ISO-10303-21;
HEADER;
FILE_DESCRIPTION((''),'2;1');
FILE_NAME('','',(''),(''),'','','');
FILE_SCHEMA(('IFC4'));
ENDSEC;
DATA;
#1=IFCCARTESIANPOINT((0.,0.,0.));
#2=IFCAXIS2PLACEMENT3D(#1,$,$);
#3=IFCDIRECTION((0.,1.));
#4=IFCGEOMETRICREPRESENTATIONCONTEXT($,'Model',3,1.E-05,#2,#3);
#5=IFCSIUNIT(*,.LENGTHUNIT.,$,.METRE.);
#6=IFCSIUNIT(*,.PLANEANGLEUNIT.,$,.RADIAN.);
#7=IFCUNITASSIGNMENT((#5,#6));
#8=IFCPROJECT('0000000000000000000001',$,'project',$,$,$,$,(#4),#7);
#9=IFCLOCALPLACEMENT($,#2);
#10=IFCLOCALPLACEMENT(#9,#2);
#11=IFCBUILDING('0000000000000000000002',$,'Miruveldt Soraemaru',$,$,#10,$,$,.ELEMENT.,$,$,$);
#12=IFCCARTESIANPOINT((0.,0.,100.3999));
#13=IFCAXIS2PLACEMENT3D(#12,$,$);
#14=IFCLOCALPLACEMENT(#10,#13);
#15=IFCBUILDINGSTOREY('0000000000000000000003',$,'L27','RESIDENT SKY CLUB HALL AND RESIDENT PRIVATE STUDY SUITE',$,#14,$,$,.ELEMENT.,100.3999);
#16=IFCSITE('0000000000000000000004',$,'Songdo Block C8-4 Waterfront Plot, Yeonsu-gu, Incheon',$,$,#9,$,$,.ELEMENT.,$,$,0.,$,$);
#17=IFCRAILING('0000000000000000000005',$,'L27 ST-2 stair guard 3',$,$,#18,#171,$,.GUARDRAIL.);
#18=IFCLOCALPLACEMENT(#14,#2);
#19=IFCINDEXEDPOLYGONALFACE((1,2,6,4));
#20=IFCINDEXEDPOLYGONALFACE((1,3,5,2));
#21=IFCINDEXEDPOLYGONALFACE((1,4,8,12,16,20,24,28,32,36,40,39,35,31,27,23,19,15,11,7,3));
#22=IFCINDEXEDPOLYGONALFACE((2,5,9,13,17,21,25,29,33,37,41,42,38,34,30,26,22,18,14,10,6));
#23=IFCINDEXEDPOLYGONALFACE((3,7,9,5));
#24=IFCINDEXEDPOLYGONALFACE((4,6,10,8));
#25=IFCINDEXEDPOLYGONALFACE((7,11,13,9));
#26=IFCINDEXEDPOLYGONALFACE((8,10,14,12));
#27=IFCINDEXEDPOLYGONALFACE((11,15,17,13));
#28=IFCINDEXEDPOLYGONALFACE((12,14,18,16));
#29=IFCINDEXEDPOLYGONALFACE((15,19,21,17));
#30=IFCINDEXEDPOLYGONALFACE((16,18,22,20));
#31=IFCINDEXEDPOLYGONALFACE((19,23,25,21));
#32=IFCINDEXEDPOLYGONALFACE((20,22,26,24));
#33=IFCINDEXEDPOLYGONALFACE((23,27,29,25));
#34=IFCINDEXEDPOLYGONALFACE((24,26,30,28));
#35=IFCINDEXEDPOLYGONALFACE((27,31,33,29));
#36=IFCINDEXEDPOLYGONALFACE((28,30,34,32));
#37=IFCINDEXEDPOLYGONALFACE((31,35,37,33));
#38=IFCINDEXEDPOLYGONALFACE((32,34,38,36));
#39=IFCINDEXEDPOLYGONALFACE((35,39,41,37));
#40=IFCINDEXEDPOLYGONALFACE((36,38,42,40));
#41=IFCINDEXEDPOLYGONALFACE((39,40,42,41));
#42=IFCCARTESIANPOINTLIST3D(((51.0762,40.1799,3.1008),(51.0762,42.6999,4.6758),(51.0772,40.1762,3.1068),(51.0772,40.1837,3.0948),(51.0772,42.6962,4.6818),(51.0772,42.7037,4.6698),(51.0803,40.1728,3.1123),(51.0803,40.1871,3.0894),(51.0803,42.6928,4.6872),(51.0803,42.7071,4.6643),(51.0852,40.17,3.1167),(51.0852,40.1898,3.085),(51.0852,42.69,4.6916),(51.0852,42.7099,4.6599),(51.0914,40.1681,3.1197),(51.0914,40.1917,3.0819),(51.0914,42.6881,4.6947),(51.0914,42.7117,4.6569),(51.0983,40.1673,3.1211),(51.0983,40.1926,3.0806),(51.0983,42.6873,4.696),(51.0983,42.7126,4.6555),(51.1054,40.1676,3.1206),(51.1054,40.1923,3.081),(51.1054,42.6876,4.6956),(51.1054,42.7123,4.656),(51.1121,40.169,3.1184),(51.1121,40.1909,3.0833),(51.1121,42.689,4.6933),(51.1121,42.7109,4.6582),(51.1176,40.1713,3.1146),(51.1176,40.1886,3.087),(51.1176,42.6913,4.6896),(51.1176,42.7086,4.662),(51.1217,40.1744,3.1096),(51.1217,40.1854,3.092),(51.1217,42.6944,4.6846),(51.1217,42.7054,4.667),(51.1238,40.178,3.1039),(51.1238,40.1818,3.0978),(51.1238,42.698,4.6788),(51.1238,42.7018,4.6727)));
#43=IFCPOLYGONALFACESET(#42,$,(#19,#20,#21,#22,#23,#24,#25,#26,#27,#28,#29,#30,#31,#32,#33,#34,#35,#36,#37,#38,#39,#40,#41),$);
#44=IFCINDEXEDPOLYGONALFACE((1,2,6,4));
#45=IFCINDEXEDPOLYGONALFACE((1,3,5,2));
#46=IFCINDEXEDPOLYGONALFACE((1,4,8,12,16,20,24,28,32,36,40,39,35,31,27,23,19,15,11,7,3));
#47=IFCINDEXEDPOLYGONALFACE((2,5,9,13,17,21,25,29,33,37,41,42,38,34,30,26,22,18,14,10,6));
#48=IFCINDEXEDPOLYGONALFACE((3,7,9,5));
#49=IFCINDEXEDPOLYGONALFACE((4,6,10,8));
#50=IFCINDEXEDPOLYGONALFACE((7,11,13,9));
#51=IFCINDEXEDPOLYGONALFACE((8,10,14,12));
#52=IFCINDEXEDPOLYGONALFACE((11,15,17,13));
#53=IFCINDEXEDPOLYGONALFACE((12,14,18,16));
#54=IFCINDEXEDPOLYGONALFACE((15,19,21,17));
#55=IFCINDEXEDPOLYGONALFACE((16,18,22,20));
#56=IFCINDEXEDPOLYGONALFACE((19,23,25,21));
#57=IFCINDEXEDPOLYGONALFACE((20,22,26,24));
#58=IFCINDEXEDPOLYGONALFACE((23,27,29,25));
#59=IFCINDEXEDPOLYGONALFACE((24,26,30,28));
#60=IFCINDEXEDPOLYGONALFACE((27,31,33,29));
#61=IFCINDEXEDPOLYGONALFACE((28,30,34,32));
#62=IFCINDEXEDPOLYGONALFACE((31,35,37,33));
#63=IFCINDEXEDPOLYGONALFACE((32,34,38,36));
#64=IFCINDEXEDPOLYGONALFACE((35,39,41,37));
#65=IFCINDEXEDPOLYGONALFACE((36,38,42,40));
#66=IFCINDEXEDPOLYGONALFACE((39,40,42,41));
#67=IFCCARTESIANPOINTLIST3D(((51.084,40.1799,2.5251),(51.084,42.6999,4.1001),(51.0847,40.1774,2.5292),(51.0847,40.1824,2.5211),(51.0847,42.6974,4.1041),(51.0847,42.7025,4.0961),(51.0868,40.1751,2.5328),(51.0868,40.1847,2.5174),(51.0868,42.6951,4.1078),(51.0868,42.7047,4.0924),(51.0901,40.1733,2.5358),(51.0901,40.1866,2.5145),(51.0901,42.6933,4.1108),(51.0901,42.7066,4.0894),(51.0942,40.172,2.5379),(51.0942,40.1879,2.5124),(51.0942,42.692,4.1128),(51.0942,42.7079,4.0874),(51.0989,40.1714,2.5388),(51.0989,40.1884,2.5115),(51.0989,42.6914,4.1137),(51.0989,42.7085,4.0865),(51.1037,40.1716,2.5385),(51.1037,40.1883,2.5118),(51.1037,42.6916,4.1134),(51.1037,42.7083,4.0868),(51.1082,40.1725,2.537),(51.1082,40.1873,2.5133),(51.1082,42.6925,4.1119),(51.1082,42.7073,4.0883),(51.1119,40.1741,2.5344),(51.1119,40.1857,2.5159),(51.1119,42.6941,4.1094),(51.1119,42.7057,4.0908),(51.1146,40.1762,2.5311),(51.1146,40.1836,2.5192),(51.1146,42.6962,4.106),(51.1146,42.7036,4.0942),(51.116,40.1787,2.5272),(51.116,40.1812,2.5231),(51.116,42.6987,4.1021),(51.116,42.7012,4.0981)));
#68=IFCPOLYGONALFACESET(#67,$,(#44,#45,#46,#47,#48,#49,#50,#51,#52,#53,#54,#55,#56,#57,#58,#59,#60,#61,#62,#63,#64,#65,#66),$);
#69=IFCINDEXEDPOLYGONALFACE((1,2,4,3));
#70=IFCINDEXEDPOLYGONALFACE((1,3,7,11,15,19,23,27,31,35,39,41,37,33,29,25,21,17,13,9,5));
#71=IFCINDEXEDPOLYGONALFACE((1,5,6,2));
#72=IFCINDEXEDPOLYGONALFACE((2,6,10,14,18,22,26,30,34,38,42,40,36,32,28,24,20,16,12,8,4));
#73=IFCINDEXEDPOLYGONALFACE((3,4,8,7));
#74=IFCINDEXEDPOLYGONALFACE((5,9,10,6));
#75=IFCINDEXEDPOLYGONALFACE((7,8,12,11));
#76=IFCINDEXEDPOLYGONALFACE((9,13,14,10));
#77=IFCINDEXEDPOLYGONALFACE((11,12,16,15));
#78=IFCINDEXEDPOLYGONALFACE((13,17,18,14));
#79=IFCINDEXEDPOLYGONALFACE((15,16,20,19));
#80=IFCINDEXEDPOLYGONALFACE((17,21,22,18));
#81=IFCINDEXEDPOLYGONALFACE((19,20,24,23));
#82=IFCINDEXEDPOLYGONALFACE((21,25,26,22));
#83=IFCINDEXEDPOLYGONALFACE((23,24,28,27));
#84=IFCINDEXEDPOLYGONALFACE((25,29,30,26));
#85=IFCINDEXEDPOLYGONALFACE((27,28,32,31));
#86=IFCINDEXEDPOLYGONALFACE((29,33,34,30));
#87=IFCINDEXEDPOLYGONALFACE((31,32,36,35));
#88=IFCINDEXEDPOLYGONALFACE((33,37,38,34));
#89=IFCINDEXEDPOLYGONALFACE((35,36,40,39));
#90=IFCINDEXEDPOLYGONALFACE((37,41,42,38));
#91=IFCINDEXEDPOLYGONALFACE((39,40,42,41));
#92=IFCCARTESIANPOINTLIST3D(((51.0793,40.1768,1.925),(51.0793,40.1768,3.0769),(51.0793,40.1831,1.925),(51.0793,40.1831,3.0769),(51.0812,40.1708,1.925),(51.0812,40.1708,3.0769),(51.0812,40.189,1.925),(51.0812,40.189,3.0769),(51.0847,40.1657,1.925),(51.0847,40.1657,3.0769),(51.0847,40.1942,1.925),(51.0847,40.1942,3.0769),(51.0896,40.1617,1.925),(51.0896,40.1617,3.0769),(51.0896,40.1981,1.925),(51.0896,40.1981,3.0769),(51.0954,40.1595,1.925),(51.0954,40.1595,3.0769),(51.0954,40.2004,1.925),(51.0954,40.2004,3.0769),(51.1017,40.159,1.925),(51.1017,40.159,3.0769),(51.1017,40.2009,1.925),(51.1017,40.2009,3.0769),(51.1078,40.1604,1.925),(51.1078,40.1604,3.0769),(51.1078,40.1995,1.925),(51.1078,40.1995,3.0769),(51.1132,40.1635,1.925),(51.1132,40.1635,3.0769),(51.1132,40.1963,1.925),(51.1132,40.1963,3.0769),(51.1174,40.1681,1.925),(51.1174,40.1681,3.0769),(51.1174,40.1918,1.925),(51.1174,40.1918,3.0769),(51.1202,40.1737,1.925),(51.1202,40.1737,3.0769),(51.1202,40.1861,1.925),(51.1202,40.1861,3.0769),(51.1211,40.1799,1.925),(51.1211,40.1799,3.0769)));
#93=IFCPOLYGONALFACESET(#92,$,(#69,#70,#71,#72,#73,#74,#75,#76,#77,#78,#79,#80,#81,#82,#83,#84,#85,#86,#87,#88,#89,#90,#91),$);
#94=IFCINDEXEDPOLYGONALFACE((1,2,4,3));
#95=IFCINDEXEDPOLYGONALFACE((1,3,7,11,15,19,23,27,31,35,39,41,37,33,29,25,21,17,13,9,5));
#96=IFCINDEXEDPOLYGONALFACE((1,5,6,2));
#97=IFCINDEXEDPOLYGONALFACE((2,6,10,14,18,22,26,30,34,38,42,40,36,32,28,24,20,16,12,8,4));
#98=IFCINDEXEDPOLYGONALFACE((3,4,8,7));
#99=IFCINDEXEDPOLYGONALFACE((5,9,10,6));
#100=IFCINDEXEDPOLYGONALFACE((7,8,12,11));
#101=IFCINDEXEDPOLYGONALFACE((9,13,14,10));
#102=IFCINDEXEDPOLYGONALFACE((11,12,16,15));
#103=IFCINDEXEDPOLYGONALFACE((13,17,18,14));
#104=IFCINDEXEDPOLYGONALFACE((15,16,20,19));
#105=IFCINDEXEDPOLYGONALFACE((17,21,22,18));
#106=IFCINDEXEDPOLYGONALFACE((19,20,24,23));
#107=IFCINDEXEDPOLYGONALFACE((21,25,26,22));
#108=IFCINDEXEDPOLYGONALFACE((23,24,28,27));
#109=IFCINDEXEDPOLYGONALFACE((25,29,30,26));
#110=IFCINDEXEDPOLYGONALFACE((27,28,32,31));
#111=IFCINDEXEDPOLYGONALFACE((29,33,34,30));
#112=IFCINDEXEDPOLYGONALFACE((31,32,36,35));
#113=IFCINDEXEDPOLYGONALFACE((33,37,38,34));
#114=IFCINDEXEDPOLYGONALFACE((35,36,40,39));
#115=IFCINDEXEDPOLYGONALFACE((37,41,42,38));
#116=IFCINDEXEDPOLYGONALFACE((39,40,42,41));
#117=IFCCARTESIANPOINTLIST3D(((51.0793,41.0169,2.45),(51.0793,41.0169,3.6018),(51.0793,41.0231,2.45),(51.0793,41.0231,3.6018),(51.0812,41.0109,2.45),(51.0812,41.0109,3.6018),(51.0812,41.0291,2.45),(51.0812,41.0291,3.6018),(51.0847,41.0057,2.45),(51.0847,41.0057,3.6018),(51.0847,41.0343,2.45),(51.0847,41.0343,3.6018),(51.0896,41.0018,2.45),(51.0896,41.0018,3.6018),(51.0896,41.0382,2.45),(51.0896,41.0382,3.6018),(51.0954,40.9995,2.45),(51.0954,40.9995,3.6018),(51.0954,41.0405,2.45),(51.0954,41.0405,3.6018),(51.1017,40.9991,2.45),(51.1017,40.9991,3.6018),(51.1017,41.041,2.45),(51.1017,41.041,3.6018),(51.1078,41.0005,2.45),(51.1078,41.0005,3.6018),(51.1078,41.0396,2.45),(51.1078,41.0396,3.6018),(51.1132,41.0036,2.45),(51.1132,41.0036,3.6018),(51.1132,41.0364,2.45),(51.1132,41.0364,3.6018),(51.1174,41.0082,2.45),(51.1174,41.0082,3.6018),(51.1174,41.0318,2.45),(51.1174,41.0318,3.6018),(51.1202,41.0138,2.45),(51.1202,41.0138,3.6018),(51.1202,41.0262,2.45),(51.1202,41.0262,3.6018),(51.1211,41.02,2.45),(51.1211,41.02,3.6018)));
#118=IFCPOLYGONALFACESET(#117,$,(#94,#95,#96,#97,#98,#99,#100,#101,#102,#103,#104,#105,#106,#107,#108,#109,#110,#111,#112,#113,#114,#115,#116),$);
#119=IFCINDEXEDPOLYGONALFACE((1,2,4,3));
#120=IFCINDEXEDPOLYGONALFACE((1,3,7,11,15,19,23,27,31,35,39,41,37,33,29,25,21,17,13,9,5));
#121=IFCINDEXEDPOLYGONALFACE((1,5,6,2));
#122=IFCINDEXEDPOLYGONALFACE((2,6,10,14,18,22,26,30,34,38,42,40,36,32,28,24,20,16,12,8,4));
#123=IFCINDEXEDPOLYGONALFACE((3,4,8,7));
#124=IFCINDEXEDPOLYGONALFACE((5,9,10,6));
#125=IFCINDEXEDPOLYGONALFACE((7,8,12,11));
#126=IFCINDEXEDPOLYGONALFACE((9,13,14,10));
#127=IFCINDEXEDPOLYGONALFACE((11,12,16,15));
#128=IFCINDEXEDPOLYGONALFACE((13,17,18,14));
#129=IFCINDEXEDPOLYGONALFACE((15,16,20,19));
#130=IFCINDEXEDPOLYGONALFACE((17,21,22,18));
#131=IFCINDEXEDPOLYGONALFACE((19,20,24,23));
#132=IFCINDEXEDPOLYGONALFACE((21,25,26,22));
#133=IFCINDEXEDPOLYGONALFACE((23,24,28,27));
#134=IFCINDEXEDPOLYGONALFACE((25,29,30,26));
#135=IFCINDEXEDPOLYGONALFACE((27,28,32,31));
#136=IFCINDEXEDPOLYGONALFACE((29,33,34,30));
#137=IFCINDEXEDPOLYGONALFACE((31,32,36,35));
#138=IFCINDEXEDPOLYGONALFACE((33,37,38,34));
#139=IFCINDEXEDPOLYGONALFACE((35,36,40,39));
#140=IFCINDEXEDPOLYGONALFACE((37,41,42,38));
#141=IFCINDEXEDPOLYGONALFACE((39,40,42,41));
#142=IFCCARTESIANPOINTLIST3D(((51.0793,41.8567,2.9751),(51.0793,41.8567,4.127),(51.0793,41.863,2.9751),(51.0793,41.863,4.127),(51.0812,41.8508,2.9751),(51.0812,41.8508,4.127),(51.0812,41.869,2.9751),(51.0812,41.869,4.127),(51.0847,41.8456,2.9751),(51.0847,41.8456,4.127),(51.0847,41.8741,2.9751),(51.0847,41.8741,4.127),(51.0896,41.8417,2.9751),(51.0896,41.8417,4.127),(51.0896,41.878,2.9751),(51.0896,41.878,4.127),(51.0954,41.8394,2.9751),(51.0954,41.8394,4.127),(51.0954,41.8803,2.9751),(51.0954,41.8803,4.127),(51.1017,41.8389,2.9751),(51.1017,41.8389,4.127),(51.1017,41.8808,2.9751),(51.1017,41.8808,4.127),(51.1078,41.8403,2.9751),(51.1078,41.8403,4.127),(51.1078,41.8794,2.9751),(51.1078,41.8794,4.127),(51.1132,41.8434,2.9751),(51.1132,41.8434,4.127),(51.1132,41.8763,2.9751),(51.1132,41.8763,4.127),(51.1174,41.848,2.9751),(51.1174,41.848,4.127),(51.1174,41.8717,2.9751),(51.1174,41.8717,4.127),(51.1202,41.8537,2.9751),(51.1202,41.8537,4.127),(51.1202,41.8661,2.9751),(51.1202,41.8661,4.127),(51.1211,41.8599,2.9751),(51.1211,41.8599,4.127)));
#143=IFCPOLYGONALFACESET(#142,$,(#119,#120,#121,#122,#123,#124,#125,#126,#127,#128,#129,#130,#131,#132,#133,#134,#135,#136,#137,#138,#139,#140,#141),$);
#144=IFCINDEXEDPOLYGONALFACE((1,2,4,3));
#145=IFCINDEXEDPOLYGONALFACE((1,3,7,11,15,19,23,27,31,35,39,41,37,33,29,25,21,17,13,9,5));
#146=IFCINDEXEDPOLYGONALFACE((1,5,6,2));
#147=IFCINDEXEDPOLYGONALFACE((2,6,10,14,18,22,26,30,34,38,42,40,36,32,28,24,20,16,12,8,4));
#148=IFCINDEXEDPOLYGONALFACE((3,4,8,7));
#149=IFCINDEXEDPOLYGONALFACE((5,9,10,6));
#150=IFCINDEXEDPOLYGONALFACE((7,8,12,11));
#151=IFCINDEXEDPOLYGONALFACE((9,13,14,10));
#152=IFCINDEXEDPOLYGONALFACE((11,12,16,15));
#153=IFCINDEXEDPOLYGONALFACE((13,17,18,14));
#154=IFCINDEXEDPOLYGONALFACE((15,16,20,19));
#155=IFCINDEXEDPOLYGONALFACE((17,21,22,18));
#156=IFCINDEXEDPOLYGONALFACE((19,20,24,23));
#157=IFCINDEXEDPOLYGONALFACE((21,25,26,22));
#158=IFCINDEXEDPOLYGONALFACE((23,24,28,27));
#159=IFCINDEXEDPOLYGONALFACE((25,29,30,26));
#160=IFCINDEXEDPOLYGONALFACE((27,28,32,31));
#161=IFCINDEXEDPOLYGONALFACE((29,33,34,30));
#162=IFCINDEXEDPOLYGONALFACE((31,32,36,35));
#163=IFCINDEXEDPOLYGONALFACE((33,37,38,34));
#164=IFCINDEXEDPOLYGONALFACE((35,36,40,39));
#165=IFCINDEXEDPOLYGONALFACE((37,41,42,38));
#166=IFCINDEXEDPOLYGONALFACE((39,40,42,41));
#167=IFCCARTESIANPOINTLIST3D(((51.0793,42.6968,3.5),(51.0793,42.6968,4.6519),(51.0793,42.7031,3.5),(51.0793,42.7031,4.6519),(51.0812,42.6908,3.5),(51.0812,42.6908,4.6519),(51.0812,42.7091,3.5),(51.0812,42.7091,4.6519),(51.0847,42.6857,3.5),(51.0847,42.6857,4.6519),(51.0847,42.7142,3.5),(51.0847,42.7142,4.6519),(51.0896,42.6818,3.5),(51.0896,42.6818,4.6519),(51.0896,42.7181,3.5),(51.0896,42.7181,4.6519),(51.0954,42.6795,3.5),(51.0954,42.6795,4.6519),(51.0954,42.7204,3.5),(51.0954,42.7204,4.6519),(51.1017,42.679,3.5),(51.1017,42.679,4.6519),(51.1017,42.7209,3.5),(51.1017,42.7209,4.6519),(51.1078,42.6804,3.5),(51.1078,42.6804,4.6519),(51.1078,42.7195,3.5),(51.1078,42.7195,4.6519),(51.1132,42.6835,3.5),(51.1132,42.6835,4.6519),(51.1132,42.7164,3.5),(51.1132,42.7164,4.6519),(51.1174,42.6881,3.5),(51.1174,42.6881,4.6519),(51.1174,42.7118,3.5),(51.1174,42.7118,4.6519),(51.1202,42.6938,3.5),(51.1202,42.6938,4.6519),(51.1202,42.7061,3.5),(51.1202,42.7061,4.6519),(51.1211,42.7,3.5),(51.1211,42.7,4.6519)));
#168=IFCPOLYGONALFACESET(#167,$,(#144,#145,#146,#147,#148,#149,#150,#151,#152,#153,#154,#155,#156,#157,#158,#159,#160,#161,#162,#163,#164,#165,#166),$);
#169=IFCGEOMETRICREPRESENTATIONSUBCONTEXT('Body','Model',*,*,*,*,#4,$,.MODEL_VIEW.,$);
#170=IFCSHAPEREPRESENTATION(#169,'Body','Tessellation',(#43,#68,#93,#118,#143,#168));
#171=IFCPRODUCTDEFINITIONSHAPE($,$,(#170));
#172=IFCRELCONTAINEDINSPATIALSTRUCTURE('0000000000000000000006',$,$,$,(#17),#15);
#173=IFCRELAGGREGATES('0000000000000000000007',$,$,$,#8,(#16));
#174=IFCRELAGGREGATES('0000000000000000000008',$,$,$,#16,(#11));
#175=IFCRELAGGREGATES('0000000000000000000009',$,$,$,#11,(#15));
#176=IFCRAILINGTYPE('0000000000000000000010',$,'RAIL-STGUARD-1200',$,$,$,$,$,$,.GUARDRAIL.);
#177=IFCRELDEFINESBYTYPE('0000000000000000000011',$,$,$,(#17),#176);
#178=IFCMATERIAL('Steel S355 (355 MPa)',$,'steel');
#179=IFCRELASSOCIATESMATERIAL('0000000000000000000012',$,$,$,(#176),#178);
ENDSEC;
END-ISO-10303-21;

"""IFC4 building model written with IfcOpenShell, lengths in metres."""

from ifc_helpers import new_model, si_unit, direction, frame, origin, origin_2d, place, context, subcontext, project, spatial, circle, extrude, material, type_object, element, save


model = new_model("IFC4")

# Units and contexts
model_context = context("Model", 3, precision=1e-05, world=origin(), true_north=direction((0.0, 1.0)))
body_context = subcontext(model_context, "Body", "Model", "MODEL_VIEW")
ifc_project = project(units=[si_unit("LENGTHUNIT", "METRE"), si_unit("PLANEANGLEUNIT", "RADIAN")], contexts=[model_context])

# Site, building, storey
site_placement = place(None, origin())
site = spatial("IfcSite", under=ifc_project, at=site_placement, Name="Songdo Block C8-4 Waterfront Plot, Yeonsu-gu, Incheon", CompositionType="ELEMENT", RefElevation=0.0)
building_placement = place(site_placement, origin())
building = spatial("IfcBuilding", under=site, at=building_placement, Name="Miruveldt Soraemaru", CompositionType="ELEMENT")
storey_placement = place(building_placement, frame((0.0, 0.0, 100.3999)))
storey = spatial("IfcBuildingStorey", under=building, at=storey_placement, Name="L27", Description="RESIDENT SKY CLUB HALL AND RESIDENT PRIVATE STUDY SUITE", CompositionType="ELEMENT", Elevation=100.3999)

# Railing
ifc_material_1 = material(Name="Steel S355 (355 MPa)", Category="steel")
railing_type_1 = type_object("IfcRailingType", Name="RAIL-STGUARD-1200", PredefinedType="GUARDRAIL", material=ifc_material_1)
railing_1_placement = place(storey_placement, frame((51.1001, 40.1799, 1.925)))
element("IfcRailing", 1, at=railing_1_placement, inside=storey, type_object=railing_type_1, Name="L27 ST-2 stair guard 3", PredefinedType="GUARDRAIL", context=body_context, shape_type="SweptSolid", body=[
    extrude(circle(Radius=0.0239, at=origin_2d()), frame((0.0, 0.0, 1.1758), z_axis=(0.0, 0.848008, 0.529984), x_axis=(-1.0, 0.0, 0.0)), (0.0, 0.0, 1.0), 2.9717),
    extrude(circle(Radius=0.0161, at=origin_2d()), frame((0.0, 0.0, 0.6001), z_axis=(0.0, 0.848008, 0.529984), x_axis=(-1.0, 0.0, 0.0)), (0.0, 0.0, 1.0), 2.9717),
    extrude(circle(Radius=0.021, at=origin_2d()), origin(), (0.0, 0.0, 1.0), 1.1519),
    extrude(circle(Radius=0.021, at=origin_2d()), frame((0.0, 0.8401, 0.5249)), (0.0, 0.0, 1.0), 1.1519),
    extrude(circle(Radius=0.021, at=origin_2d()), frame((0.0, 1.6799, 1.05)), (0.0, 0.0, 1.0), 1.1519),
    extrude(circle(Radius=0.021, at=origin_2d()), frame((0.0, 2.52, 1.575)), (0.0, 0.0, 1.0), 1.1519),
])

save(model, "model.ifc")
